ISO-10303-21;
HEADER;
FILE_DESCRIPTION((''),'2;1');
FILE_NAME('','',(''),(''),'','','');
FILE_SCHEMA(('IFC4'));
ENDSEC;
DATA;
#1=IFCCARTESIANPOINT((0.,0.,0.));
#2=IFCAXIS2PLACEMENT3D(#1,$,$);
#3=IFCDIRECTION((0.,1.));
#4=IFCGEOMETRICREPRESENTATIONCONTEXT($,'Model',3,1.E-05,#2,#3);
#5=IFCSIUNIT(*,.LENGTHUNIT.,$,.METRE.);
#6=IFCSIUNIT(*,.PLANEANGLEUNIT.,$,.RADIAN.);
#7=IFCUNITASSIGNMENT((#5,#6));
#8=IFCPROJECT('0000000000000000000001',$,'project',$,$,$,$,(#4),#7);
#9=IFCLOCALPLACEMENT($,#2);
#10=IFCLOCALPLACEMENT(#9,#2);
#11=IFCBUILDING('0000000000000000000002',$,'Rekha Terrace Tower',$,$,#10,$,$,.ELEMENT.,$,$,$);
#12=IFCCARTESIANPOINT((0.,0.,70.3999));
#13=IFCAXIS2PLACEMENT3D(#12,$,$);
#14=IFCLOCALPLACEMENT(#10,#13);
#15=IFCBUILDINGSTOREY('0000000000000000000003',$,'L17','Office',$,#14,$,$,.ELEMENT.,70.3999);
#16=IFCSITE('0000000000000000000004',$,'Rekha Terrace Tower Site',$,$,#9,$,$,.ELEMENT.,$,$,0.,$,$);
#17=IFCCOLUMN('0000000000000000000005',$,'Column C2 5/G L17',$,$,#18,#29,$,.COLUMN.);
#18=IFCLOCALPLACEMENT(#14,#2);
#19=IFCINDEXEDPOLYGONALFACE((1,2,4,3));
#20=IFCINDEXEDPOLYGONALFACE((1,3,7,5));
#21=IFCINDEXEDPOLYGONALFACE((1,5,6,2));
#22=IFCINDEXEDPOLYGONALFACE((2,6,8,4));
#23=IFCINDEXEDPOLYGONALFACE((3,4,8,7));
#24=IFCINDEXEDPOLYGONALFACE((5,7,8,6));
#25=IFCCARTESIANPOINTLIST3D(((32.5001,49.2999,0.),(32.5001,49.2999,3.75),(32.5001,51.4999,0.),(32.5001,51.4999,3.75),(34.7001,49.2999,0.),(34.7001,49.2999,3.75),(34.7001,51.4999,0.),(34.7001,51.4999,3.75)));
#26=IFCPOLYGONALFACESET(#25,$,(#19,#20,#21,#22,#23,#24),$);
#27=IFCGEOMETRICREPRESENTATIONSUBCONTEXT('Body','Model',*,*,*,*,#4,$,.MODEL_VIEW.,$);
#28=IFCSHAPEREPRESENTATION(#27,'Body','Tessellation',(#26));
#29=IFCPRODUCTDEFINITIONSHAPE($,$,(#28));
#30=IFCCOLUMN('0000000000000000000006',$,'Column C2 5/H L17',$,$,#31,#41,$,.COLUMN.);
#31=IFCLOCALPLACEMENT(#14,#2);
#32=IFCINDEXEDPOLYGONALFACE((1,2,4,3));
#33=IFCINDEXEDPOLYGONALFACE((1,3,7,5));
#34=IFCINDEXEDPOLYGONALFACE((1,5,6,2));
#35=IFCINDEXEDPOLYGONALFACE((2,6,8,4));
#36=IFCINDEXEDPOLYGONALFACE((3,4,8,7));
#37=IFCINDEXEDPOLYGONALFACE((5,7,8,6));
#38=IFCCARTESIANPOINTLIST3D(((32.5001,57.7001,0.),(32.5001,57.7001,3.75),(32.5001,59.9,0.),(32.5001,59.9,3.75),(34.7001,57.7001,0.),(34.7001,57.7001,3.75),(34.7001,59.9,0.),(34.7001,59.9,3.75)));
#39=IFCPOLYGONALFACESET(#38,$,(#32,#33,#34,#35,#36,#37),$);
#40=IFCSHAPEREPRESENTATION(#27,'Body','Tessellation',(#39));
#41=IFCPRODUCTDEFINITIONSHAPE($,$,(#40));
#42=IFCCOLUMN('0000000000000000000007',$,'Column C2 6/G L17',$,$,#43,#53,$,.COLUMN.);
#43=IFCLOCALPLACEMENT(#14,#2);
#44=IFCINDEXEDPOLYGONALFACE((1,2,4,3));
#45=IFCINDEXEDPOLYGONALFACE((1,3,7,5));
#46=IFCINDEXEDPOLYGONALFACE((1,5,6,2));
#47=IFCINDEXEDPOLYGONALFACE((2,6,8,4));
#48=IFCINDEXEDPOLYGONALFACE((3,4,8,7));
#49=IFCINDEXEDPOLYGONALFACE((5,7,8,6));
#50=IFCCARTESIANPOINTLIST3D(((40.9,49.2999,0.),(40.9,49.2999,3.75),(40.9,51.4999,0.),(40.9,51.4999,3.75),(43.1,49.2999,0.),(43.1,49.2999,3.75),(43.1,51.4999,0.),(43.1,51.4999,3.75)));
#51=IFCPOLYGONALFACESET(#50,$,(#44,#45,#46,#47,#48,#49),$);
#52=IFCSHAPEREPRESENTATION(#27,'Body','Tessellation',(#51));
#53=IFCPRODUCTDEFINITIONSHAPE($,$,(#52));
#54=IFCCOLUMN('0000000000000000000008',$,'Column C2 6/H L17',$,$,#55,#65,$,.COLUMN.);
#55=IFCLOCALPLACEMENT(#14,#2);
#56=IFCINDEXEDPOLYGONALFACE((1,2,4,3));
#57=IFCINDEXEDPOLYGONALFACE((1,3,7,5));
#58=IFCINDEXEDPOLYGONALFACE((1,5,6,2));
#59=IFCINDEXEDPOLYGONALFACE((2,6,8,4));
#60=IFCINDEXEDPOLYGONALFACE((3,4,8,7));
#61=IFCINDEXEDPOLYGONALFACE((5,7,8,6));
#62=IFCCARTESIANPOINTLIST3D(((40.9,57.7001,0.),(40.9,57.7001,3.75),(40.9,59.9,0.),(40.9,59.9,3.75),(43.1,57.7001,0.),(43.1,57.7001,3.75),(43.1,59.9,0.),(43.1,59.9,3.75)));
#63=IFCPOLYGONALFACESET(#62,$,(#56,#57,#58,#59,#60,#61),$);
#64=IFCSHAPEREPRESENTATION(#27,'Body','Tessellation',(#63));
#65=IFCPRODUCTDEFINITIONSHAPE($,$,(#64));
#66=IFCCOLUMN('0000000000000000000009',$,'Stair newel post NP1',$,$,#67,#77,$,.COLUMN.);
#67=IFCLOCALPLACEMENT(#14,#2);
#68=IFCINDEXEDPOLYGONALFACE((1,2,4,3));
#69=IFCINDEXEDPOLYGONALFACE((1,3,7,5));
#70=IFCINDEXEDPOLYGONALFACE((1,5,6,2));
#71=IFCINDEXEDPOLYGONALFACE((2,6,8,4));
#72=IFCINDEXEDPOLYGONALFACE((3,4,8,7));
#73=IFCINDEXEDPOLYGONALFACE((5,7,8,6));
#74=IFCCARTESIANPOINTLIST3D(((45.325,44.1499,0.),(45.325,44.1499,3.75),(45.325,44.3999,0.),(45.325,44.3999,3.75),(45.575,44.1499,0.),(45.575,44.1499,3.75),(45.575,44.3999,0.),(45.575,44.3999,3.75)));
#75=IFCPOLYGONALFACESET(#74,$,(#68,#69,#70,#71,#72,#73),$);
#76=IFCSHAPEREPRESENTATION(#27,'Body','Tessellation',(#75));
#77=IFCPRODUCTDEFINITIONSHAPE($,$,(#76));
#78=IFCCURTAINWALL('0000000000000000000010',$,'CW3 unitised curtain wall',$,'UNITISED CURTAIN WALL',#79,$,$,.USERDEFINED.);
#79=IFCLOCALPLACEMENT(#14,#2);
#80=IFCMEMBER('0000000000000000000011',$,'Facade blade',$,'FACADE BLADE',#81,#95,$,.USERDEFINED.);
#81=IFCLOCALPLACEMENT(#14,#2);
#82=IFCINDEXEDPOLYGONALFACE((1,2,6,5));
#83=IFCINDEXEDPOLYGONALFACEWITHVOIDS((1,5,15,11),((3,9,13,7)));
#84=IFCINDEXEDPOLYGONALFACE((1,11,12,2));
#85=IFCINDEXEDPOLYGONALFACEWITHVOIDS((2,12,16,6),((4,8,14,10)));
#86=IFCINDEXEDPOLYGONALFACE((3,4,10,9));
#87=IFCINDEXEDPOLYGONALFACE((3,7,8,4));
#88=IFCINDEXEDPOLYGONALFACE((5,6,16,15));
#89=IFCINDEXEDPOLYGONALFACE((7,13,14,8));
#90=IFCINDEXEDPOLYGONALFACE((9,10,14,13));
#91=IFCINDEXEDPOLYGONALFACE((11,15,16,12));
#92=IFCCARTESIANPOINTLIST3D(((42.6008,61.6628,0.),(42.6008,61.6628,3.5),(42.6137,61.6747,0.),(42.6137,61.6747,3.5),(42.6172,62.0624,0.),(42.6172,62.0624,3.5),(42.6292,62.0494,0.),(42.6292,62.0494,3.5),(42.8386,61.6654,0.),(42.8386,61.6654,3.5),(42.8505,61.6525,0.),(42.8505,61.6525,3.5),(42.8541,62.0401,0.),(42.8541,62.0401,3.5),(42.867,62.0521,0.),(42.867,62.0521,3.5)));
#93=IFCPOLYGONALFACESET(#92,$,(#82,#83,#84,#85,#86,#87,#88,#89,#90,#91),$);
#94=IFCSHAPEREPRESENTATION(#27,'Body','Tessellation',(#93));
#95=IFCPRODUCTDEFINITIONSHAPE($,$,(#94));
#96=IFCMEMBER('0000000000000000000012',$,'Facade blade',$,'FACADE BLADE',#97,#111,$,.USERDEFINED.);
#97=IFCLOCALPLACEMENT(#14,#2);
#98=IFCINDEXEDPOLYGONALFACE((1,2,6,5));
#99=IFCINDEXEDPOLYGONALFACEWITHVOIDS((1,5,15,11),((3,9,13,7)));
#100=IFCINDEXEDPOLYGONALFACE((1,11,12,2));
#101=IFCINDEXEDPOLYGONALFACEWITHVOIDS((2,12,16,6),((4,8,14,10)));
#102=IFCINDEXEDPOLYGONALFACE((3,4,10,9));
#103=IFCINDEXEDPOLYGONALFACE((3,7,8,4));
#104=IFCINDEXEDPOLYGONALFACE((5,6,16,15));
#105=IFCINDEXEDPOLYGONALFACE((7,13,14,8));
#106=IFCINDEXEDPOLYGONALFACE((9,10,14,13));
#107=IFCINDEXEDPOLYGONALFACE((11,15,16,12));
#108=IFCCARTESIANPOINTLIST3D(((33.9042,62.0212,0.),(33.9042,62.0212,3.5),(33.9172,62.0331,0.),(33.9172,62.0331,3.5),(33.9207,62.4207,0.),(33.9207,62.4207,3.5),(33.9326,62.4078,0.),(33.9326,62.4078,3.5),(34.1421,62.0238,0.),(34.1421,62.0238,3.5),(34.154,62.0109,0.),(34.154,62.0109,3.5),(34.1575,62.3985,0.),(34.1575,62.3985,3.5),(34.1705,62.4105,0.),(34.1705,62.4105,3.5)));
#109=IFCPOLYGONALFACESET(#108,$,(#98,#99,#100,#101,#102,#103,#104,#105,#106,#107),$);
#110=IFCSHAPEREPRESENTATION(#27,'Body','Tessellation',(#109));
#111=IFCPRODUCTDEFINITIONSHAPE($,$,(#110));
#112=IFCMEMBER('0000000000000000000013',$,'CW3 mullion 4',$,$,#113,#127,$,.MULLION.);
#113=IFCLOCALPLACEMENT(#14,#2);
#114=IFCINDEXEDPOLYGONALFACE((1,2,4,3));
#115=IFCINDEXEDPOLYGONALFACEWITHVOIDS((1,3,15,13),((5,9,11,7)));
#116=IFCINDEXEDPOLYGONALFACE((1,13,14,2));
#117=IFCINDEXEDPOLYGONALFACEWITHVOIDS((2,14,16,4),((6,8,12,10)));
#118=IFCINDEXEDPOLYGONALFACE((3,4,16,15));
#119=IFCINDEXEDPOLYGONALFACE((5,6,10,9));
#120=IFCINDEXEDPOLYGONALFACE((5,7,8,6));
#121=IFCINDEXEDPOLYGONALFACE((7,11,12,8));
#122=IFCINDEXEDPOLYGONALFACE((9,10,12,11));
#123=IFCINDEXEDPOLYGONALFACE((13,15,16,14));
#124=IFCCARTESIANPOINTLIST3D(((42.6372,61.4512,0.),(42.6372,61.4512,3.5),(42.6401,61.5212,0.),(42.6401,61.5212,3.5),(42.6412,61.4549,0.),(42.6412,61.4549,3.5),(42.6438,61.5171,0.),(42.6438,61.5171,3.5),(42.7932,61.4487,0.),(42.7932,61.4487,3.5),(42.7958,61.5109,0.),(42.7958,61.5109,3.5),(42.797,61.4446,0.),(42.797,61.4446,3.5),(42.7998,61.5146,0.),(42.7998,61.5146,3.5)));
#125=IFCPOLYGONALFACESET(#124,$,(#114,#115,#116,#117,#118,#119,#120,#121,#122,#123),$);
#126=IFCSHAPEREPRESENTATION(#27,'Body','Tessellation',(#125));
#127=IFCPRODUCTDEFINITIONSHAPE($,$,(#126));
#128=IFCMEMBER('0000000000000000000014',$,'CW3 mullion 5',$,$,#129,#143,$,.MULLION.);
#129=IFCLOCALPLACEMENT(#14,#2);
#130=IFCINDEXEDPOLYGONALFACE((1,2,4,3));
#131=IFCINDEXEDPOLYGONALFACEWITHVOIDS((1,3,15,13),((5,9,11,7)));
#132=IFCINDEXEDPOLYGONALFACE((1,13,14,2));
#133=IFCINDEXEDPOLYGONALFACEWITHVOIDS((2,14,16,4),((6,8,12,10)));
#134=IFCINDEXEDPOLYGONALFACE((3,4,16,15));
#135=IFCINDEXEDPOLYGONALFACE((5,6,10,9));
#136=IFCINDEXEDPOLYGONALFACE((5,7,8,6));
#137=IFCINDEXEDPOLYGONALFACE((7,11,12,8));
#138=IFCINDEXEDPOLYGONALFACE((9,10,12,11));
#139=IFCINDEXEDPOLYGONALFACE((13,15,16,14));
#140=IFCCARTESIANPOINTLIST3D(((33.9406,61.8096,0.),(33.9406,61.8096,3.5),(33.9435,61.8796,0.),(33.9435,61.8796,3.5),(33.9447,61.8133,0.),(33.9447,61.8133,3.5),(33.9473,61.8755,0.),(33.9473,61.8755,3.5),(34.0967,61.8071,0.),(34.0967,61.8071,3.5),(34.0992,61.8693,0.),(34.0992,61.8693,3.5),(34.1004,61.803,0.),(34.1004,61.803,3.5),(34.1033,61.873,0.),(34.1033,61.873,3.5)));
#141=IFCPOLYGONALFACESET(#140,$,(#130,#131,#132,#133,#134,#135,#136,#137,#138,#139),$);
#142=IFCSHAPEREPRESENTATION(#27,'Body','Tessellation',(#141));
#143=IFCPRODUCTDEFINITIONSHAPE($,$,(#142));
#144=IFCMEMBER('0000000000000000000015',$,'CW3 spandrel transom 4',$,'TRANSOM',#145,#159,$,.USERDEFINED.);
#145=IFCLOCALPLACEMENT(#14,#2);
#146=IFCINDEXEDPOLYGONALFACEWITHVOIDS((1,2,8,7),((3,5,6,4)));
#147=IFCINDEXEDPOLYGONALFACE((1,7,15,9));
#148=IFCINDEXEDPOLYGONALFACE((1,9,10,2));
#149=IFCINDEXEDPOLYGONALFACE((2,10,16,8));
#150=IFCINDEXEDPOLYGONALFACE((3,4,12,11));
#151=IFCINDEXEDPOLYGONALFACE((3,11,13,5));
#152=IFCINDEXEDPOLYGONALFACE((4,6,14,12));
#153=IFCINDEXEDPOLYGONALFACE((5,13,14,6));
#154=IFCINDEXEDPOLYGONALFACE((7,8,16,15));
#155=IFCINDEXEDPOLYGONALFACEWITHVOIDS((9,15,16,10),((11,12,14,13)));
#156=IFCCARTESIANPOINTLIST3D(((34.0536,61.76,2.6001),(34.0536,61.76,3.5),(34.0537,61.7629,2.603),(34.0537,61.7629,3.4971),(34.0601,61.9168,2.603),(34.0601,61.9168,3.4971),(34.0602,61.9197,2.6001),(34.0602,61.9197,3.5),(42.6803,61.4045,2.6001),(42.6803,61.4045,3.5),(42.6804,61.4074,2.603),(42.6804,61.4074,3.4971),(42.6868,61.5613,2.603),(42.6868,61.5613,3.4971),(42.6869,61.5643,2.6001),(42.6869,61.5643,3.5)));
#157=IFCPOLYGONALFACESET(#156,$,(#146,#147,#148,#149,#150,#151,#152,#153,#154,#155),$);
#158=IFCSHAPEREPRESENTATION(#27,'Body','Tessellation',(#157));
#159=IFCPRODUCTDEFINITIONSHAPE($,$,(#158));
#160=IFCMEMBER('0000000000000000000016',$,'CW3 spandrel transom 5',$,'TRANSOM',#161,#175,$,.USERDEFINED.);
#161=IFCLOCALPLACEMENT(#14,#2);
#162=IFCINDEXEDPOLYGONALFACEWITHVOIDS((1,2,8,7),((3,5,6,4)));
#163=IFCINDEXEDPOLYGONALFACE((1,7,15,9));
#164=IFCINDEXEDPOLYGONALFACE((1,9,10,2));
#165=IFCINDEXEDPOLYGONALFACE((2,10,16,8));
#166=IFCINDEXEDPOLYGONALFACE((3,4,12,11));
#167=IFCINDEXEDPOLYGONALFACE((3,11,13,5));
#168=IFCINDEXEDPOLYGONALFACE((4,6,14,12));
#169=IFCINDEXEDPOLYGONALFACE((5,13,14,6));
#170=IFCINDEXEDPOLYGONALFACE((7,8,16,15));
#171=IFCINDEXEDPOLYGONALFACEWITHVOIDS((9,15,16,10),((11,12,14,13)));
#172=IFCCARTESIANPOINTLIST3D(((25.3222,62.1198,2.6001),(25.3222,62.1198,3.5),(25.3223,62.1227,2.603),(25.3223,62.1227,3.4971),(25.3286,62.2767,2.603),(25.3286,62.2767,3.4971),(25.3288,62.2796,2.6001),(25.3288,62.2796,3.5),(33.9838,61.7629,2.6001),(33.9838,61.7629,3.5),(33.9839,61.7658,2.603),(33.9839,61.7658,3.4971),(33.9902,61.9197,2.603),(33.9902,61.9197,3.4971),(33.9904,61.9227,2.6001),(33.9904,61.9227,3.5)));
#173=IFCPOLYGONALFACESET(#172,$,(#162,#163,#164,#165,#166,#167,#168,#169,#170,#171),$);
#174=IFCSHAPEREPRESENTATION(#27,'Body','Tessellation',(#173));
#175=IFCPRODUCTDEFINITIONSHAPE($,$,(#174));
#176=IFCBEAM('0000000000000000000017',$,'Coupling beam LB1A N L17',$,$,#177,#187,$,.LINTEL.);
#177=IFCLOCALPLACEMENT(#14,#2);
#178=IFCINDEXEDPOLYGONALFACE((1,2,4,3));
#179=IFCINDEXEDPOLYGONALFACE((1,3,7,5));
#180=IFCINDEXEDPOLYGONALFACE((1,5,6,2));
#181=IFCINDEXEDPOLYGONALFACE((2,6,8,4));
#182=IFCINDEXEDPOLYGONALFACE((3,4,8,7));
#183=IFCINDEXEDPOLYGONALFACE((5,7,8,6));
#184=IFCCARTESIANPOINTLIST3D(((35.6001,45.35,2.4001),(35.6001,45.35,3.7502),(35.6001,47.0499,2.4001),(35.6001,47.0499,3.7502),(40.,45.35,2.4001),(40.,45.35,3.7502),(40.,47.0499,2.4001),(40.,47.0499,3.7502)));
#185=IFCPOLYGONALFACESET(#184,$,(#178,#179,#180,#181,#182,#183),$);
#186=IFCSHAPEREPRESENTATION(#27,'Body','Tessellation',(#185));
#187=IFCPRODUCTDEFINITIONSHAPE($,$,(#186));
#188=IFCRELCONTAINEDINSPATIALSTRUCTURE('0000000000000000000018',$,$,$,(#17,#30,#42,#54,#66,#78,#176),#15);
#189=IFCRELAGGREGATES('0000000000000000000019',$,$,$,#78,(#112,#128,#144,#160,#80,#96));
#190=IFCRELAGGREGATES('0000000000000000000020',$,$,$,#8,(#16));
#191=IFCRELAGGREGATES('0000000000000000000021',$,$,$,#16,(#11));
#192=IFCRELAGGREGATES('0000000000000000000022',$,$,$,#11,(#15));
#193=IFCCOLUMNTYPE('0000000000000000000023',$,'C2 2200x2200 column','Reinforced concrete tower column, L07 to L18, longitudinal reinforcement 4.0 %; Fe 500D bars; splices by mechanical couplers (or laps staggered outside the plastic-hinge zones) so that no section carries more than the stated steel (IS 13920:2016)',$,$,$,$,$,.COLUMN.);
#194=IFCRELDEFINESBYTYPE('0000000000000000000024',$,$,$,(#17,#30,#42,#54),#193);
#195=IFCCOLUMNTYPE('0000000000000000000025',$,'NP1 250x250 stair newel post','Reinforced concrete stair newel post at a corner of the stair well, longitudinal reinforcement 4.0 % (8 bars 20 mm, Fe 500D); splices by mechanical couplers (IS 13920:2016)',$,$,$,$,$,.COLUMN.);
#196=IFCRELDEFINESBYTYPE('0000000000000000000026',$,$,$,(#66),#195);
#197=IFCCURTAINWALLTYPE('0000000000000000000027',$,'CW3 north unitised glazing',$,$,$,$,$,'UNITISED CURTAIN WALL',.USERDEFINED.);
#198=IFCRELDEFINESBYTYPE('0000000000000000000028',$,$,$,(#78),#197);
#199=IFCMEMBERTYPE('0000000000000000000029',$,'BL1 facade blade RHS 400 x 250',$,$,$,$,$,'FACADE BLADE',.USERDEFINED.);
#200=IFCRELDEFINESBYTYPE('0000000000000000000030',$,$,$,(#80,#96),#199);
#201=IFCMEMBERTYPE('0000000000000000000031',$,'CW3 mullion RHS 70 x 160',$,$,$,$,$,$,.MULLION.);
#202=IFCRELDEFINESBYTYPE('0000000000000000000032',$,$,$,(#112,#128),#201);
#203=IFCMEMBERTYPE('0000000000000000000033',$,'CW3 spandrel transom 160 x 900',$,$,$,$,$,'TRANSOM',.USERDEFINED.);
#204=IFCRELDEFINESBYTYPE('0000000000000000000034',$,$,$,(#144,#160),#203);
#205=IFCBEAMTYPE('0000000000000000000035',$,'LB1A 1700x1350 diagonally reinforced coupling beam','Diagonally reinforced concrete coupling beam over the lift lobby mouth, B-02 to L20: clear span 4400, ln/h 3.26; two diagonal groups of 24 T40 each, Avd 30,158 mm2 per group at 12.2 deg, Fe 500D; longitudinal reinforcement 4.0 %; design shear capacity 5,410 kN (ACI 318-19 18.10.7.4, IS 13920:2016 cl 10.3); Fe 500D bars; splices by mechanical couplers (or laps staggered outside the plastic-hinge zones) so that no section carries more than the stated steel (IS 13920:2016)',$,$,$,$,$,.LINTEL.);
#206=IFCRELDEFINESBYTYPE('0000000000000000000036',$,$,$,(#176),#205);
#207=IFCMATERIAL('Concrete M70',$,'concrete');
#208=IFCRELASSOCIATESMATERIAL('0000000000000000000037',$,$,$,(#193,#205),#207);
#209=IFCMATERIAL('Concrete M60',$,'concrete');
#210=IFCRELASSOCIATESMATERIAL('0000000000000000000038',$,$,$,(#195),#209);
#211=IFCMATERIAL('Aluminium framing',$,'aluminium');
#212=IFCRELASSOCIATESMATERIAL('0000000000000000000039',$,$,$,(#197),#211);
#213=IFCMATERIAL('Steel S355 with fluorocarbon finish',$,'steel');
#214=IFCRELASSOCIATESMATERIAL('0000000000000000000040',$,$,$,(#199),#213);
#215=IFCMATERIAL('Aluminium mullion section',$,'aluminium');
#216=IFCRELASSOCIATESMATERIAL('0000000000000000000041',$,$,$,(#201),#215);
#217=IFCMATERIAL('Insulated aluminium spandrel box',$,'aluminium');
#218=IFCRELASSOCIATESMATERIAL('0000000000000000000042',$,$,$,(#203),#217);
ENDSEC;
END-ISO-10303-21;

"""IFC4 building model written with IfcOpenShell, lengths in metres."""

from ifc_helpers import new_model, si_unit, direction, frame, origin, origin_2d, place, context, subcontext, project, spatial, rectangle, hollow_rectangle, extrude, material, material_profile, profile_set, type_object, element, aggregate, save


model = new_model("IFC4")

# Units and contexts
model_context = context("Model", 3, precision=1e-05, world=origin(), true_north=direction((0.0, 1.0)))
body_context = subcontext(model_context, "Body", "Model", "MODEL_VIEW")
ifc_project = project(units=[si_unit("LENGTHUNIT", "METRE"), si_unit("PLANEANGLEUNIT", "RADIAN")], contexts=[model_context])

# Site, building, storey
site_placement = place(None, origin())
site = spatial("IfcSite", under=ifc_project, at=site_placement, Name="Rekha Terrace Tower Site", CompositionType="ELEMENT", RefElevation=0.0)
building_placement = place(site_placement, origin())
building = spatial("IfcBuilding", under=site, at=building_placement, Name="Rekha Terrace Tower", CompositionType="ELEMENT")
storey_placement = place(building_placement, frame((0.0, 0.0, 70.3999)))
storey = spatial("IfcBuildingStorey", under=building, at=storey_placement, Name="L17", Description="Office", CompositionType="ELEMENT", Elevation=70.3999)

# Columns
ifc_material_1 = material(Name="Concrete M70", Category="concrete")
ifc_material_profile_1 = material_profile(ifc_material_1, rectangle(XDim=2.2, YDim=2.2, at=origin_2d()), Name="RC 2200x2200")
ifc_profile_set_1 = profile_set([ifc_material_profile_1], Name="Concrete M70")
column_type_1 = type_object("IfcColumnType", Name="C2 2200x2200 column", Description="Reinforced concrete tower column, L07 to L18, longitudinal reinforcement 4.0 %; Fe 500D bars; splices by mechanical couplers (or laps staggered outside the plastic-hinge zones) so that no section carries more than the stated steel (IS 13920:2016)", PredefinedType="COLUMN", material=ifc_profile_set_1)
for number, where, z_axis, x_axis, name in (
    (1, (33.6001, 50.3999, 0.0), (0.0, 0.0, 1.0), (1.0, 0.0, 0.0), "Column C2 5/G L17"),
    (2, (33.6001, 58.8, 0.0), (0.0, 0.0, 1.0), (1.0, 0.0, 0.0), "Column C2 5/H L17"),
    (3, (42.0, 50.3999, 0.0), (0.0, 0.0, 1.0), (1.0, 0.0, 0.0), "Column C2 6/G L17"),
    (4, (42.0, 58.8, 0.0), (0.0, 0.0, 1.0), (1.0, 0.0, 0.0), "Column C2 6/H L17"),
):
    element("IfcColumn", number, at=place(storey_placement, frame(where, z_axis=z_axis, x_axis=x_axis)), inside=storey, type_object=column_type_1, Name=name, PredefinedType="COLUMN", context=body_context, shape_type="SweptSolid", body=[
        extrude(rectangle(XDim=2.2, YDim=2.2, at=origin_2d()), origin(), (0.0, 0.0, 1.0), 3.75),
    ])
ifc_material_2 = material(Name="Concrete M60", Category="concrete")
ifc_material_profile_2 = material_profile(ifc_material_2, rectangle(XDim=0.25, YDim=0.25, at=origin_2d()), Name="RC 250x250")
ifc_profile_set_2 = profile_set([ifc_material_profile_2], Name="Concrete M60")
column_type_2 = type_object("IfcColumnType", Name="NP1 250x250 stair newel post", Description="Reinforced concrete stair newel post at a corner of the stair well, longitudinal reinforcement 4.0 % (8 bars 20 mm, Fe 500D); splices by mechanical couplers (IS 13920:2016)", PredefinedType="COLUMN", material=ifc_profile_set_2)
column_placement = place(storey_placement, frame((45.45, 44.2749, 0.0), z_axis=(0.0, 0.0, 1.0), x_axis=(1.0, 0.0, 0.0)))
element("IfcColumn", 5, at=column_placement, inside=storey, type_object=column_type_2, Name="Stair newel post NP1", PredefinedType="COLUMN", context=body_context, shape_type="SweptSolid", body=[
    extrude(rectangle(XDim=0.25, YDim=0.25, at=origin_2d()), origin(), (0.0, 0.0, 1.0), 3.75),
])

# Curtain wall, members
ifc_material_3 = material(Name="Aluminium framing", Category="aluminium")
curtain_wall_type = type_object("IfcCurtainWallType", Name="CW3 north unitised glazing", ElementType="UNITISED CURTAIN WALL", PredefinedType="USERDEFINED", material=ifc_material_3)
curtain_wall_placement = place(storey_placement, origin())
curtain_wall = element("IfcCurtainWall", 6, at=curtain_wall_placement, inside=storey, type_object=curtain_wall_type, Name="CW3 unitised curtain wall", ObjectType="UNITISED CURTAIN WALL", PredefinedType="USERDEFINED")
ifc_material_4 = material(Name="Steel S355 with fluorocarbon finish", Category="steel")
ifc_material_profile_3 = material_profile(ifc_material_4, hollow_rectangle(XDim=0.25, YDim=0.3999, WallThickness=0.0125, at=origin_2d()), Name="RHS400x250x12.5")
ifc_profile_set_3 = profile_set([ifc_material_profile_3], Name="Steel S355 with fluorocarbon finish")
member_type_1 = type_object("IfcMemberType", Name="BL1 facade blade RHS 400 x 250", ElementType="FACADE BLADE", PredefinedType="USERDEFINED", material=ifc_profile_set_3)
member_1_placement = place(storey_placement, frame((42.7339, 61.8574, 0.0), z_axis=(0.0, 0.0, 1.0), x_axis=(-0.999152, 0.041175, 0.0)))
member_1 = element("IfcMember", 7, at=member_1_placement, type_object=member_type_1, Name="Facade blade", ObjectType="FACADE BLADE", PredefinedType="USERDEFINED", context=body_context, shape_type="SweptSolid", body=[
    extrude(hollow_rectangle(XDim=0.25, YDim=0.3999, WallThickness=0.0125, at=origin_2d()), origin(), (0.0, 0.0, 1.0), 3.5),
])
member_2_placement = place(storey_placement, frame((34.0374, 62.2158, 0.0), z_axis=(0.0, 0.0, 1.0), x_axis=(-0.999152, 0.041175, 0.0)))
member_2 = element("IfcMember", 8, at=member_2_placement, type_object=member_type_1, Name="Facade blade", ObjectType="FACADE BLADE", PredefinedType="USERDEFINED", context=body_context, shape_type="SweptSolid", body=[
    extrude(hollow_rectangle(XDim=0.25, YDim=0.3999, WallThickness=0.0125, at=origin_2d()), origin(), (0.0, 0.0, 1.0), 3.5),
])
ifc_material_5 = material(Name="Aluminium mullion section", Category="aluminium")
ifc_material_profile_4 = material_profile(ifc_material_5, hollow_rectangle(XDim=0.0701, YDim=0.1599, WallThickness=0.0039, at=origin_2d()), Name="AL RHS 70x160")
ifc_profile_set_4 = profile_set([ifc_material_profile_4], Name="Aluminium mullion section")
member_type_2 = type_object("IfcMemberType", Name="CW3 mullion RHS 70 x 160", PredefinedType="MULLION", material=ifc_profile_set_4)
member_3_placement = place(storey_placement, frame((42.7185, 61.4829, 0.0), z_axis=(0.0, 0.0, 1.0), x_axis=(-0.041174, -0.999152, 0.0)))
member_3 = element("IfcMember", 9, at=member_3_placement, type_object=member_type_2, Name="CW3 mullion 4", PredefinedType="MULLION", context=body_context, shape_type="SweptSolid", body=[
    extrude(hollow_rectangle(XDim=0.0701, YDim=0.1599, WallThickness=0.0039, at=origin_2d()), origin(), (0.0, 0.0, 1.0), 3.5),
])
member_4_placement = place(storey_placement, frame((34.022, 61.8413, 0.0), z_axis=(0.0, 0.0, 1.0), x_axis=(-0.041174, -0.999152, 0.0)))
member_4 = element("IfcMember", 10, at=member_4_placement, type_object=member_type_2, Name="CW3 mullion 5", PredefinedType="MULLION", context=body_context, shape_type="SweptSolid", body=[
    extrude(hollow_rectangle(XDim=0.0701, YDim=0.1599, WallThickness=0.0039, at=origin_2d()), origin(), (0.0, 0.0, 1.0), 3.5),
])
ifc_material_6 = material(Name="Insulated aluminium spandrel box", Category="aluminium")
ifc_material_profile_5 = material_profile(ifc_material_6, hollow_rectangle(XDim=0.1599, YDim=0.8999, WallThickness=0.0029, at=origin_2d()), Name="AL SPANDREL BOX 160x900")
ifc_profile_set_5 = profile_set([ifc_material_profile_5], Name="Insulated aluminium spandrel box")
member_type_3 = type_object("IfcMemberType", Name="CW3 spandrel transom 160 x 900", ElementType="TRANSOM", PredefinedType="USERDEFINED", material=ifc_profile_set_5)
member_5_placement = place(storey_placement, frame((42.6836, 61.4844, 3.05), z_axis=(-0.999152, 0.041171, 0.0), x_axis=(-0.041171, -0.999152, 0.0)))
member_5 = element("IfcMember", 11, at=member_5_placement, type_object=member_type_3, Name="CW3 spandrel transom 4", ObjectType="TRANSOM", PredefinedType="USERDEFINED", context=body_context, shape_type="SweptSolid", body=[
    extrude(hollow_rectangle(XDim=0.1599, YDim=0.8999, WallThickness=0.0029, at=origin_2d()), origin(), (0.0, 0.0, 1.0), 8.634),
])
member_6_placement = place(storey_placement, frame((33.9871, 61.8428, 3.05), z_axis=(-0.999152, 0.041174, 0.0), x_axis=(-0.041174, -0.999152, 0.0)))
member_6 = element("IfcMember", 12, at=member_6_placement, type_object=member_type_3, Name="CW3 spandrel transom 5", ObjectType="TRANSOM", PredefinedType="USERDEFINED", context=body_context, shape_type="SweptSolid", body=[
    extrude(hollow_rectangle(XDim=0.1599, YDim=0.8999, WallThickness=0.0029, at=origin_2d()), origin(), (0.0, 0.0, 1.0), 8.6689),
])

# Beam
ifc_material_profile_6 = material_profile(ifc_material_1, rectangle(XDim=1.7, YDim=1.3501, at=origin_2d()), Name="RC 1700x1350")
ifc_profile_set_6 = profile_set([ifc_material_profile_6], Name="Concrete M70")
beam_type = type_object("IfcBeamType", Name="LB1A 1700x1350 diagonally reinforced coupling beam", Description="Diagonally reinforced concrete coupling beam over the lift lobby mouth, B-02 to L20: clear span 4400, ln/h 3.26; two diagonal groups of 24 T40 each, Avd 30,158 mm2 per group at 12.2 deg, Fe 500D; longitudinal reinforcement 4.0 %; design shear capacity 5,410 kN (ACI 318-19 18.10.7.4, IS 13920:2016 cl 10.3); Fe 500D bars; splices by mechanical couplers (or laps staggered outside the plastic-hinge zones) so that no section carries more than the stated steel (IS 13920:2016)", PredefinedType="LINTEL", material=ifc_profile_set_6)
beam_placement = place(storey_placement, frame((35.6001, 46.2, 3.0752), z_axis=(1.0, 0.0, 0.0), x_axis=(0.0, 1.0, 0.0)))
element("IfcBeam", 13, at=beam_placement, inside=storey, type_object=beam_type, Name="Coupling beam LB1A N L17", PredefinedType="LINTEL", context=body_context, shape_type="SweptSolid", body=[
    extrude(rectangle(XDim=1.7, YDim=1.3501, at=origin_2d()), origin(), (0.0, 0.0, 1.0), 4.3999),
])

aggregate(curtain_wall, [member_3, member_4, member_5, member_6, member_1, member_2])

save(model, "model.ifc")
